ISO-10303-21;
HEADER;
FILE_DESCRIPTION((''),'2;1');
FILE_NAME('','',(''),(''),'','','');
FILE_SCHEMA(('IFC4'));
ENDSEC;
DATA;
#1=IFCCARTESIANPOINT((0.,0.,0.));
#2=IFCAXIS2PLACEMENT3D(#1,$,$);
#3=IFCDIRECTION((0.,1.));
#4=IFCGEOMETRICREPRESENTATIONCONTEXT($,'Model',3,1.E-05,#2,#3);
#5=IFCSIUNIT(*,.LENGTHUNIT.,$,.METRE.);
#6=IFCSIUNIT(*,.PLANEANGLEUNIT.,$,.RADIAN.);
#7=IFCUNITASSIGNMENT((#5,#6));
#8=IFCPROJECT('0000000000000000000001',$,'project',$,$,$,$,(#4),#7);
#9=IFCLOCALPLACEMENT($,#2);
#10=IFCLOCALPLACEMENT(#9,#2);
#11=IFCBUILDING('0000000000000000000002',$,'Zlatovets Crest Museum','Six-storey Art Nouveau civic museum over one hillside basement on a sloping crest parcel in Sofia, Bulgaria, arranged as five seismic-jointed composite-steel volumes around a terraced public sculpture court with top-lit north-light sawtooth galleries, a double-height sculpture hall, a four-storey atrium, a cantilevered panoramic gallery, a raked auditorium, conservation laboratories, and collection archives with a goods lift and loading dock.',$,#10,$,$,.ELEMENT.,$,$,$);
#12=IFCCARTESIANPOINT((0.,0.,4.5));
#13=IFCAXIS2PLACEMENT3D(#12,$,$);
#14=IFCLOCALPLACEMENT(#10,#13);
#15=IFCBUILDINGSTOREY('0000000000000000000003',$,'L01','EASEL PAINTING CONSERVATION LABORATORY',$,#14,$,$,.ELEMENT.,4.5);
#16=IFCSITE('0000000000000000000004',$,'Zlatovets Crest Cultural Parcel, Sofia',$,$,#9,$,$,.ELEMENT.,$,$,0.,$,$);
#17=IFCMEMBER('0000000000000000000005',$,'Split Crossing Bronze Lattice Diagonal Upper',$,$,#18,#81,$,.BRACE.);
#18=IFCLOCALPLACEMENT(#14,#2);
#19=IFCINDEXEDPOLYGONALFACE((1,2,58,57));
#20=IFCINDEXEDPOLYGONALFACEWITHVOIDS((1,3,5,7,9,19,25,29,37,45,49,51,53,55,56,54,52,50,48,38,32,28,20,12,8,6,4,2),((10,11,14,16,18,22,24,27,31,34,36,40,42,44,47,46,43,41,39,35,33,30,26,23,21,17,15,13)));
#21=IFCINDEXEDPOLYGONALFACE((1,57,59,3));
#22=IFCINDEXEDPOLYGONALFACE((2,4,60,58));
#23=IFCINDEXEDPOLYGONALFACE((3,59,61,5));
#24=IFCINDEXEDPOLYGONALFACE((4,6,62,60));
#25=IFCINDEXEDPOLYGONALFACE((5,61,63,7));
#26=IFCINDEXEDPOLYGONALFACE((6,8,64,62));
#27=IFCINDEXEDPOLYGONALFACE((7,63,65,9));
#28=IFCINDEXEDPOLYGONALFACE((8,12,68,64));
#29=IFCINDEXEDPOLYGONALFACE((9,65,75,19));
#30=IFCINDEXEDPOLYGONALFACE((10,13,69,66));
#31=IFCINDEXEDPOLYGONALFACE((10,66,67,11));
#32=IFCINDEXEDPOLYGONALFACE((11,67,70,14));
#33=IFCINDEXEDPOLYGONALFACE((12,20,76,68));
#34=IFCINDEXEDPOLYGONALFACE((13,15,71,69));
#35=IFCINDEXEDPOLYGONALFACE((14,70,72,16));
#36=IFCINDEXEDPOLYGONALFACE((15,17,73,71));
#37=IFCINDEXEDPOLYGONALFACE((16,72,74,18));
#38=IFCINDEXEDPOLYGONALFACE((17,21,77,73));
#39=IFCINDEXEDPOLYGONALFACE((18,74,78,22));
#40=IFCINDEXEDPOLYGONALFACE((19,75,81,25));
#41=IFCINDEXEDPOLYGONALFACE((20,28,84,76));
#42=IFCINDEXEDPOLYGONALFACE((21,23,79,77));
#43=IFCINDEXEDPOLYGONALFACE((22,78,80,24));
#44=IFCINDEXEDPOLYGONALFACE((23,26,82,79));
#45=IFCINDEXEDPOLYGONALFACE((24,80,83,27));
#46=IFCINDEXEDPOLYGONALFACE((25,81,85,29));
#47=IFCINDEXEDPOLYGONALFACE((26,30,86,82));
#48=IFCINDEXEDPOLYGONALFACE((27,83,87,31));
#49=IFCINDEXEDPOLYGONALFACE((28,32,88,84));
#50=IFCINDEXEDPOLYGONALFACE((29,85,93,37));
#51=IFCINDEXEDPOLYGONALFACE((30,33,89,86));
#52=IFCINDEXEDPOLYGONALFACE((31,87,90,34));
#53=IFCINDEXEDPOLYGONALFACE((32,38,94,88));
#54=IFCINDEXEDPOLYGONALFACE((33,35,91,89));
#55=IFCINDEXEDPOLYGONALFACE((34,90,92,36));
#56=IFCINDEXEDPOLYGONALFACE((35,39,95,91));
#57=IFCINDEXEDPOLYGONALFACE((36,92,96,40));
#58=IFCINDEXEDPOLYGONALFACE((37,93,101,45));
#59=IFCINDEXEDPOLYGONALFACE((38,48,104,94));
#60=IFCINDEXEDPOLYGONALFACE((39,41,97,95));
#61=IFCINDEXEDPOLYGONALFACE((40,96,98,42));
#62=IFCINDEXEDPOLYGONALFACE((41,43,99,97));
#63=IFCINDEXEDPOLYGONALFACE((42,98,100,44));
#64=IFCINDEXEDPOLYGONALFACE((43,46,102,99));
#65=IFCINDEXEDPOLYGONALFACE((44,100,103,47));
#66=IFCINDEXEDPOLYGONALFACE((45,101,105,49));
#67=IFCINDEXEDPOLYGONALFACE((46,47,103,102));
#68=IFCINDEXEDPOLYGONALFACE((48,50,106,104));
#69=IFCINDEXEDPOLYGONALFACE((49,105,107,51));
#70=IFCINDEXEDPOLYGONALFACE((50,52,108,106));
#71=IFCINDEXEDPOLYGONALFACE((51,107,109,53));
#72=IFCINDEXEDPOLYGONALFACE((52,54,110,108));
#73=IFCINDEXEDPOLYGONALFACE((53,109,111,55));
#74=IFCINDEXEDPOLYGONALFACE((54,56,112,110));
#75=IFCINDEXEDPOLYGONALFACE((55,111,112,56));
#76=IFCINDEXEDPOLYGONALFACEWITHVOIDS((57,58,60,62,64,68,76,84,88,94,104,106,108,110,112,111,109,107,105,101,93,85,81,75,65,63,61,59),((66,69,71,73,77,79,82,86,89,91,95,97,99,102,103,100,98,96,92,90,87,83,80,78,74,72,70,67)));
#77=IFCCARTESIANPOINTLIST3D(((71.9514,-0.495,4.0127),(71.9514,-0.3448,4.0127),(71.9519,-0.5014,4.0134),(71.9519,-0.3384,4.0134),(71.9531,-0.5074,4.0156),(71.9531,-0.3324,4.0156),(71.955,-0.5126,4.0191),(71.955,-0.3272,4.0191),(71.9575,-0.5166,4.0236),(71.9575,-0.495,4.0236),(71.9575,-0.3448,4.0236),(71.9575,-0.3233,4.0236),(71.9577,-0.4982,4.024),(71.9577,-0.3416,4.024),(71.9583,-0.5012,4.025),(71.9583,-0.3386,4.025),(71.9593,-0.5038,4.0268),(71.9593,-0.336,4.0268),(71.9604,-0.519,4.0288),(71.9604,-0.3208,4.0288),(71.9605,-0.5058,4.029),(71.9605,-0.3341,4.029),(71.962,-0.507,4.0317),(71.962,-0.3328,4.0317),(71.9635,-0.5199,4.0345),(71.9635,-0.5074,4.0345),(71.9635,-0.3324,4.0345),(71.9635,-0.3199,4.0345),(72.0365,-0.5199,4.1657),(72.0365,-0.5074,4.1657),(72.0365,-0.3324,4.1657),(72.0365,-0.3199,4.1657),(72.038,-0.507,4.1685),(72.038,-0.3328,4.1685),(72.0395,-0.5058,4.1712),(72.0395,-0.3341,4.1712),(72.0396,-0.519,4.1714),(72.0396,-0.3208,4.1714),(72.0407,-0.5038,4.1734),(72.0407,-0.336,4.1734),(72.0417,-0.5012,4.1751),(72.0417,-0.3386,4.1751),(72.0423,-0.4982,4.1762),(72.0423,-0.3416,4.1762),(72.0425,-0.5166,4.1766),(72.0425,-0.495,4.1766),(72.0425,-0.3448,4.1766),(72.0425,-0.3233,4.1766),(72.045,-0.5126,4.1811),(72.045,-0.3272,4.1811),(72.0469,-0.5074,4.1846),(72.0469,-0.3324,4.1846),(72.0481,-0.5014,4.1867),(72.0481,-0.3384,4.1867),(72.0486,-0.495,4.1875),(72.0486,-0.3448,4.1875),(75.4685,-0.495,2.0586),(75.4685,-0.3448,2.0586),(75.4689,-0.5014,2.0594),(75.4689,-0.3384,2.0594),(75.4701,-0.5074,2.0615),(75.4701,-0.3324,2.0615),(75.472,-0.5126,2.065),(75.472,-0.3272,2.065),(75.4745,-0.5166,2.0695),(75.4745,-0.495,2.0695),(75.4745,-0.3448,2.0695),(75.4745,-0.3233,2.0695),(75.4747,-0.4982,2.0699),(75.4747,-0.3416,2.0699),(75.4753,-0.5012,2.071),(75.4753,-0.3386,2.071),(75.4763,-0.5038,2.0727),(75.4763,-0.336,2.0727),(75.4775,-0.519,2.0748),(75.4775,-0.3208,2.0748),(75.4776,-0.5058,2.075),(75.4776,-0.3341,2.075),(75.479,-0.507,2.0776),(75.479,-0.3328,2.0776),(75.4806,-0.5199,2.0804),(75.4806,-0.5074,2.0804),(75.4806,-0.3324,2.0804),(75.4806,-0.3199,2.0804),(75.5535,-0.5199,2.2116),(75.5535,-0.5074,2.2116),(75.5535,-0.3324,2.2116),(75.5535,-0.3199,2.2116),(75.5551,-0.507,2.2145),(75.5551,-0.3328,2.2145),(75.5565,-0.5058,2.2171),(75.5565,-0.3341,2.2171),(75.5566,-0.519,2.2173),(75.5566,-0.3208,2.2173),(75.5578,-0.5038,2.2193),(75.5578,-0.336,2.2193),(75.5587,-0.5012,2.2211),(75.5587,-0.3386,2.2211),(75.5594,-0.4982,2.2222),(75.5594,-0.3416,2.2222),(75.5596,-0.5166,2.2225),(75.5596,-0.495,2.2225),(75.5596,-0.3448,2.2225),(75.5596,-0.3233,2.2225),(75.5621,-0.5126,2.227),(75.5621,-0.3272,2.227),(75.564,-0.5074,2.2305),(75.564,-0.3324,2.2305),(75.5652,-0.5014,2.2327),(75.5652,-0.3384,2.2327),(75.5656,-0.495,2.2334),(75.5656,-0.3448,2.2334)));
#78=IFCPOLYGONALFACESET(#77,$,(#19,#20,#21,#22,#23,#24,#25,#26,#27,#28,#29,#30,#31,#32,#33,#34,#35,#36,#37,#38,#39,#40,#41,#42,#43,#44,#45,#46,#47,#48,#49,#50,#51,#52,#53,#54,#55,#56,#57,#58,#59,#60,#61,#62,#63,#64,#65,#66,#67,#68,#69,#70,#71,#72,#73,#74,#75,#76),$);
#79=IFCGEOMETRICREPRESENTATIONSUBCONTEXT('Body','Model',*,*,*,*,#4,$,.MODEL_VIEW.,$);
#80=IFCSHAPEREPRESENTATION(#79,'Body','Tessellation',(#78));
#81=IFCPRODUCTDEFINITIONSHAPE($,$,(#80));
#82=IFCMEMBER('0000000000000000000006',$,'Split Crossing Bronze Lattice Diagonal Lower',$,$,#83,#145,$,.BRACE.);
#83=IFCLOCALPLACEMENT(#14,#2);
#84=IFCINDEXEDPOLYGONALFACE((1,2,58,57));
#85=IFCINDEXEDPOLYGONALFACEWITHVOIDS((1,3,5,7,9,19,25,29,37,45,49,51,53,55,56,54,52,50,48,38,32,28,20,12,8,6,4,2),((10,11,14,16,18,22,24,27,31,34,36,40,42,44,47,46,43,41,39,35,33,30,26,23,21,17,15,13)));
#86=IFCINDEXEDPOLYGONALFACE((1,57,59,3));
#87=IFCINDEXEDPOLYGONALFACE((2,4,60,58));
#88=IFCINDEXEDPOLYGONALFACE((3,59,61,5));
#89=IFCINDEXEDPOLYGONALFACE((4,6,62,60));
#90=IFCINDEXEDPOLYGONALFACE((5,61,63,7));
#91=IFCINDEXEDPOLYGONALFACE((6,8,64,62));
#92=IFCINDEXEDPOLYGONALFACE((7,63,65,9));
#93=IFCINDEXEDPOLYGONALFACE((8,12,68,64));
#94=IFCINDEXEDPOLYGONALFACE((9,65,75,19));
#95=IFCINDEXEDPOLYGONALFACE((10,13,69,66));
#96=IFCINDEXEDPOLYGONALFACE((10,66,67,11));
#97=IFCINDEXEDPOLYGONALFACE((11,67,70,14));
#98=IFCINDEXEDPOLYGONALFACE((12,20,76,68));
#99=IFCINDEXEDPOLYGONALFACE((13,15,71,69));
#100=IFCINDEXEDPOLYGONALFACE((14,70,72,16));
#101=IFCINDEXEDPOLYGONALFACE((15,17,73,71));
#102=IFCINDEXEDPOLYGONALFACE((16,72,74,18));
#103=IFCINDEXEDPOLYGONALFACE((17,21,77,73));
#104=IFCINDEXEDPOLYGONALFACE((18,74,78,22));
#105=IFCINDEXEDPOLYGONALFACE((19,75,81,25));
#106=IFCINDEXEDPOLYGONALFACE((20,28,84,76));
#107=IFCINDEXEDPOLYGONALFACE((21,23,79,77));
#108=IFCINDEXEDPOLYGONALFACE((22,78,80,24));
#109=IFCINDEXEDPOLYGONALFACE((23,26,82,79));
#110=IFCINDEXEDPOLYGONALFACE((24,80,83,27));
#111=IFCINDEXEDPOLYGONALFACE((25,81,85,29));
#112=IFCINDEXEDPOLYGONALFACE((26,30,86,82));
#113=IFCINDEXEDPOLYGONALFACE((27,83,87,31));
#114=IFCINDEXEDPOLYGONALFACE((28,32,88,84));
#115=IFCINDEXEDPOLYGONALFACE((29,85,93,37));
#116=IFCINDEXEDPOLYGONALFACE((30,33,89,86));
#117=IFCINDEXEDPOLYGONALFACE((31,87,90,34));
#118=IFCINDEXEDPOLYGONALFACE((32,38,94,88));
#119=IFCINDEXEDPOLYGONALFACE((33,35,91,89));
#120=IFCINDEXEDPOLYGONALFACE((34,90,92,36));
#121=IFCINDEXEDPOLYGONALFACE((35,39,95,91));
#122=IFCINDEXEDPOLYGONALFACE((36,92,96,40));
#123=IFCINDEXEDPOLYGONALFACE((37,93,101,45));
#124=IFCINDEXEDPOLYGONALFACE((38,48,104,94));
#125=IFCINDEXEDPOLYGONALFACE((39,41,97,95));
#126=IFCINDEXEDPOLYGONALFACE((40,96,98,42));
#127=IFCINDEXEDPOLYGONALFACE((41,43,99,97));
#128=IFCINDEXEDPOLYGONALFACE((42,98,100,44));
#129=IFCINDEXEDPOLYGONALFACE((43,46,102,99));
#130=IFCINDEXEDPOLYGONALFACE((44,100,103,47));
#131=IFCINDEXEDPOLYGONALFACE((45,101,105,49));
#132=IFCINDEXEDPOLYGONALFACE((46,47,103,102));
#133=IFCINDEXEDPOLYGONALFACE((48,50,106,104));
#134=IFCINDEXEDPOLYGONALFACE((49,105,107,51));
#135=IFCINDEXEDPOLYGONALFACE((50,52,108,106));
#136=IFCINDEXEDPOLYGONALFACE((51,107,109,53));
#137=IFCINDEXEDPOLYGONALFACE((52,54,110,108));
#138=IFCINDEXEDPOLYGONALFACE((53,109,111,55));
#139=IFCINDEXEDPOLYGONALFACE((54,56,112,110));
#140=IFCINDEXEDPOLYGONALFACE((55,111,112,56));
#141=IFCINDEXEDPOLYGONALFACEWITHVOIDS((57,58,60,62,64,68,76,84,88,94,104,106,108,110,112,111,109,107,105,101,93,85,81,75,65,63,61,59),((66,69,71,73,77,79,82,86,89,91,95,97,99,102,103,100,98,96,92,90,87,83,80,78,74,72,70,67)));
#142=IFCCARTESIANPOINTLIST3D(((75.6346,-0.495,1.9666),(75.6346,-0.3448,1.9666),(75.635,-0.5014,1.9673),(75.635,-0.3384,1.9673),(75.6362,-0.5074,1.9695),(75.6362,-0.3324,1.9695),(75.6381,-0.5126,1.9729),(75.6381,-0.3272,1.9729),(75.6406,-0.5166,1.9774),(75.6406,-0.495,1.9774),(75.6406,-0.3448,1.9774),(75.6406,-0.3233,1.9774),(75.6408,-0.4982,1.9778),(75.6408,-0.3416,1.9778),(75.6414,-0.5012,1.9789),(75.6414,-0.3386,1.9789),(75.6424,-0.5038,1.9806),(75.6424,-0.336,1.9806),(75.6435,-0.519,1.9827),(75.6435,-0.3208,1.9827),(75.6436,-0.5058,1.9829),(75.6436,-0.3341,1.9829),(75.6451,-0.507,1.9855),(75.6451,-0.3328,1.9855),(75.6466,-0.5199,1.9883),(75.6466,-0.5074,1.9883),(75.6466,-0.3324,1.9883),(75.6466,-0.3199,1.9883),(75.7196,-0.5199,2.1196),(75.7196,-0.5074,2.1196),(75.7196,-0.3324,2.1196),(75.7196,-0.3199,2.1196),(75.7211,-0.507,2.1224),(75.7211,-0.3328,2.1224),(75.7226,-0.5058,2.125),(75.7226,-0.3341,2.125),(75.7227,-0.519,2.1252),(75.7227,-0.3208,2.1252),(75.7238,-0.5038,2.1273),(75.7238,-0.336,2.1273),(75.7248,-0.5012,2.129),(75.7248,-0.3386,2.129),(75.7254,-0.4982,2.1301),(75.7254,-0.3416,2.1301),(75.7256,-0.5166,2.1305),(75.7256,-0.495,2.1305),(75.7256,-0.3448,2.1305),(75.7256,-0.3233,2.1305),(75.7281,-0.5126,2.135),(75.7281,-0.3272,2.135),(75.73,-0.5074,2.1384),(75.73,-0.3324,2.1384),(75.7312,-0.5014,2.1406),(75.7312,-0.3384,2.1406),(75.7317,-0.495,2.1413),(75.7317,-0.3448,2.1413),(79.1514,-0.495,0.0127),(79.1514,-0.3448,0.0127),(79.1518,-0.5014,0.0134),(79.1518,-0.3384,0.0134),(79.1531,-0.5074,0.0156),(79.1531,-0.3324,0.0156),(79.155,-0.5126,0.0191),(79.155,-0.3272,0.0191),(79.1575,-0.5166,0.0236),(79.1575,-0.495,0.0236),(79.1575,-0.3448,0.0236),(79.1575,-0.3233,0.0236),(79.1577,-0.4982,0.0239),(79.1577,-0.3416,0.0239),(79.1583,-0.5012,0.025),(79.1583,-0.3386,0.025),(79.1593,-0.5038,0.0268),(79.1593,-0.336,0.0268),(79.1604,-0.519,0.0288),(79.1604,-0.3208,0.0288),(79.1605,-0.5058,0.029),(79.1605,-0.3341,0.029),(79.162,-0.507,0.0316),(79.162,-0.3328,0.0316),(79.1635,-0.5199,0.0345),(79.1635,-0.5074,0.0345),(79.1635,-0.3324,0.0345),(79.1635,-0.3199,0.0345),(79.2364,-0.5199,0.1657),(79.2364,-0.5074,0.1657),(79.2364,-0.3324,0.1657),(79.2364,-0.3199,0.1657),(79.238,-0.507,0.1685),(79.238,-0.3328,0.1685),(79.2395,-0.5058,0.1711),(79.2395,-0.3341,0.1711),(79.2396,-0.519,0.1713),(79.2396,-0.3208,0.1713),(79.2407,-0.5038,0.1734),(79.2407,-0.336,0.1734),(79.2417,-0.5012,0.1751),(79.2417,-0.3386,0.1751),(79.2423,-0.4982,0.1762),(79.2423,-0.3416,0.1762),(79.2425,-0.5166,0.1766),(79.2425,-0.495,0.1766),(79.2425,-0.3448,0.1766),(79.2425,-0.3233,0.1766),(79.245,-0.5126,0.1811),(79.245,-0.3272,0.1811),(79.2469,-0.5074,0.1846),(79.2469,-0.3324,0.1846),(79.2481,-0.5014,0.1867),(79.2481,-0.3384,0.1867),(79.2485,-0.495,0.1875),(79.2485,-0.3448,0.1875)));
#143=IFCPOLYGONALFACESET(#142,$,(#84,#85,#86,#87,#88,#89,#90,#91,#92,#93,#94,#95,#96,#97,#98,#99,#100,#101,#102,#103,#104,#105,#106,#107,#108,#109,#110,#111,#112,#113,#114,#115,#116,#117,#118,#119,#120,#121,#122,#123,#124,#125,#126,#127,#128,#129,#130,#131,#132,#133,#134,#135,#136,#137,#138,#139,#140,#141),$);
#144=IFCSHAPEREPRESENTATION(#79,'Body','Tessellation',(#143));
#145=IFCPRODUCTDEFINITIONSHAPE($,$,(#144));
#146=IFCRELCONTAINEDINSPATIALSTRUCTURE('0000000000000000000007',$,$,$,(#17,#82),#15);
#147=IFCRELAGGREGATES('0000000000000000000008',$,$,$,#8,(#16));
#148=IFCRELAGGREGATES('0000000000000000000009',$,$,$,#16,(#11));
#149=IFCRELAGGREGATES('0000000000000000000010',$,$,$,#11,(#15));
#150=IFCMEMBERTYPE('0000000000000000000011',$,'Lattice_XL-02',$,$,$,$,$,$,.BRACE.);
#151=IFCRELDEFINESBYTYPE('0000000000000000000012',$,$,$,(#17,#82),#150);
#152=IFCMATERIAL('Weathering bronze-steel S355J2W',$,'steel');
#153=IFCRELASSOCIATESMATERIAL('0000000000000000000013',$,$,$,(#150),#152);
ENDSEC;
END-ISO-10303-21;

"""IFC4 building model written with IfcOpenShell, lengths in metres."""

from ifc_helpers import new_model, si_unit, direction, frame, origin, origin_2d, place, context, subcontext, project, spatial, hollow_rectangle, extrude, material, material_profile, profile_set, type_object, element, save


model = new_model("IFC4")

# Units and contexts
model_context = context("Model", 3, precision=1e-05, world=origin(), true_north=direction((0.0, 1.0)))
body_context = subcontext(model_context, "Body", "Model", "MODEL_VIEW")
ifc_project = project(units=[si_unit("LENGTHUNIT", "METRE"), si_unit("PLANEANGLEUNIT", "RADIAN")], contexts=[model_context])

# Site, building, storey
site_placement = place(None, origin())
site = spatial("IfcSite", under=ifc_project, at=site_placement, Name="Zlatovets Crest Cultural Parcel, Sofia", CompositionType="ELEMENT", RefElevation=0.0)
building_placement = place(site_placement, origin())
building = spatial("IfcBuilding", under=site, at=building_placement, Name="Zlatovets Crest Museum", Description="Six-storey Art Nouveau civic museum over one hillside basement on a sloping crest parcel in Sofia, Bulgaria, arranged as five seismic-jointed composite-steel volumes around a terraced public sculpture court with top-lit north-light sawtooth galleries, a double-height sculpture hall, a four-storey atrium, a cantilevered panoramic gallery, a raked auditorium, conservation laboratories, and collection archives with a goods lift and loading dock.", CompositionType="ELEMENT")
storey_placement = place(building_placement, frame((0.0, 0.0, 4.5)))
storey = spatial("IfcBuildingStorey", under=building, at=storey_placement, Name="L01", Description="EASEL PAINTING CONSERVATION LABORATORY", CompositionType="ELEMENT", Elevation=4.5)

# Members
ifc_material_1 = material(Name="Weathering bronze-steel S355J2W", Category="steel")
ifc_material_profile_1 = material_profile(ifc_material_1, hollow_rectangle(XDim=0.2, YDim=0.2, WallThickness=0.0125, InnerFilletRadius=0.0125, OuterFilletRadius=0.0249, at=origin_2d()), Name="SHS 200x200x12.5")
ifc_profile_set_1 = profile_set([ifc_material_profile_1], Name="Weathering bronze-steel S355J2W")
member_type_1 = type_object("IfcMemberType", Name="Lattice_XL-02", PredefinedType="BRACE", material=ifc_profile_set_1)
member_1_placement = place(storey_placement, frame((72.0, -0.4199, 4.1001), z_axis=(0.87414, 0.0, -0.485674), x_axis=(0.0, 1.0, 0.0)))
element("IfcMember", 1, at=member_1_placement, inside=storey, type_object=member_type_1, Name="Split Crossing Bronze Lattice Diagonal Upper", PredefinedType="BRACE", context=body_context, shape_type="SweptSolid", body=[
    extrude(hollow_rectangle(XDim=0.2, YDim=0.2, WallThickness=0.0125, InnerFilletRadius=0.0125, OuterFilletRadius=0.0249, at=origin_2d()), origin(), (0.0, 0.0, 1.0), 4.0234),
])
member_2_placement = place(storey_placement, frame((75.6831, -0.4199, 2.054), z_axis=(0.874152, 0.0, -0.485653), x_axis=(0.0, 1.0, 0.0)))
element("IfcMember", 2, at=member_2_placement, inside=storey, type_object=member_type_1, Name="Split Crossing Bronze Lattice Diagonal Lower", PredefinedType="BRACE", context=body_context, shape_type="SweptSolid", body=[
    extrude(hollow_rectangle(XDim=0.2, YDim=0.2, WallThickness=0.0125, InnerFilletRadius=0.0125, OuterFilletRadius=0.0249, at=origin_2d()), origin(), (0.0, 0.0, 1.0), 4.0232),
])

save(model, "model.ifc")
